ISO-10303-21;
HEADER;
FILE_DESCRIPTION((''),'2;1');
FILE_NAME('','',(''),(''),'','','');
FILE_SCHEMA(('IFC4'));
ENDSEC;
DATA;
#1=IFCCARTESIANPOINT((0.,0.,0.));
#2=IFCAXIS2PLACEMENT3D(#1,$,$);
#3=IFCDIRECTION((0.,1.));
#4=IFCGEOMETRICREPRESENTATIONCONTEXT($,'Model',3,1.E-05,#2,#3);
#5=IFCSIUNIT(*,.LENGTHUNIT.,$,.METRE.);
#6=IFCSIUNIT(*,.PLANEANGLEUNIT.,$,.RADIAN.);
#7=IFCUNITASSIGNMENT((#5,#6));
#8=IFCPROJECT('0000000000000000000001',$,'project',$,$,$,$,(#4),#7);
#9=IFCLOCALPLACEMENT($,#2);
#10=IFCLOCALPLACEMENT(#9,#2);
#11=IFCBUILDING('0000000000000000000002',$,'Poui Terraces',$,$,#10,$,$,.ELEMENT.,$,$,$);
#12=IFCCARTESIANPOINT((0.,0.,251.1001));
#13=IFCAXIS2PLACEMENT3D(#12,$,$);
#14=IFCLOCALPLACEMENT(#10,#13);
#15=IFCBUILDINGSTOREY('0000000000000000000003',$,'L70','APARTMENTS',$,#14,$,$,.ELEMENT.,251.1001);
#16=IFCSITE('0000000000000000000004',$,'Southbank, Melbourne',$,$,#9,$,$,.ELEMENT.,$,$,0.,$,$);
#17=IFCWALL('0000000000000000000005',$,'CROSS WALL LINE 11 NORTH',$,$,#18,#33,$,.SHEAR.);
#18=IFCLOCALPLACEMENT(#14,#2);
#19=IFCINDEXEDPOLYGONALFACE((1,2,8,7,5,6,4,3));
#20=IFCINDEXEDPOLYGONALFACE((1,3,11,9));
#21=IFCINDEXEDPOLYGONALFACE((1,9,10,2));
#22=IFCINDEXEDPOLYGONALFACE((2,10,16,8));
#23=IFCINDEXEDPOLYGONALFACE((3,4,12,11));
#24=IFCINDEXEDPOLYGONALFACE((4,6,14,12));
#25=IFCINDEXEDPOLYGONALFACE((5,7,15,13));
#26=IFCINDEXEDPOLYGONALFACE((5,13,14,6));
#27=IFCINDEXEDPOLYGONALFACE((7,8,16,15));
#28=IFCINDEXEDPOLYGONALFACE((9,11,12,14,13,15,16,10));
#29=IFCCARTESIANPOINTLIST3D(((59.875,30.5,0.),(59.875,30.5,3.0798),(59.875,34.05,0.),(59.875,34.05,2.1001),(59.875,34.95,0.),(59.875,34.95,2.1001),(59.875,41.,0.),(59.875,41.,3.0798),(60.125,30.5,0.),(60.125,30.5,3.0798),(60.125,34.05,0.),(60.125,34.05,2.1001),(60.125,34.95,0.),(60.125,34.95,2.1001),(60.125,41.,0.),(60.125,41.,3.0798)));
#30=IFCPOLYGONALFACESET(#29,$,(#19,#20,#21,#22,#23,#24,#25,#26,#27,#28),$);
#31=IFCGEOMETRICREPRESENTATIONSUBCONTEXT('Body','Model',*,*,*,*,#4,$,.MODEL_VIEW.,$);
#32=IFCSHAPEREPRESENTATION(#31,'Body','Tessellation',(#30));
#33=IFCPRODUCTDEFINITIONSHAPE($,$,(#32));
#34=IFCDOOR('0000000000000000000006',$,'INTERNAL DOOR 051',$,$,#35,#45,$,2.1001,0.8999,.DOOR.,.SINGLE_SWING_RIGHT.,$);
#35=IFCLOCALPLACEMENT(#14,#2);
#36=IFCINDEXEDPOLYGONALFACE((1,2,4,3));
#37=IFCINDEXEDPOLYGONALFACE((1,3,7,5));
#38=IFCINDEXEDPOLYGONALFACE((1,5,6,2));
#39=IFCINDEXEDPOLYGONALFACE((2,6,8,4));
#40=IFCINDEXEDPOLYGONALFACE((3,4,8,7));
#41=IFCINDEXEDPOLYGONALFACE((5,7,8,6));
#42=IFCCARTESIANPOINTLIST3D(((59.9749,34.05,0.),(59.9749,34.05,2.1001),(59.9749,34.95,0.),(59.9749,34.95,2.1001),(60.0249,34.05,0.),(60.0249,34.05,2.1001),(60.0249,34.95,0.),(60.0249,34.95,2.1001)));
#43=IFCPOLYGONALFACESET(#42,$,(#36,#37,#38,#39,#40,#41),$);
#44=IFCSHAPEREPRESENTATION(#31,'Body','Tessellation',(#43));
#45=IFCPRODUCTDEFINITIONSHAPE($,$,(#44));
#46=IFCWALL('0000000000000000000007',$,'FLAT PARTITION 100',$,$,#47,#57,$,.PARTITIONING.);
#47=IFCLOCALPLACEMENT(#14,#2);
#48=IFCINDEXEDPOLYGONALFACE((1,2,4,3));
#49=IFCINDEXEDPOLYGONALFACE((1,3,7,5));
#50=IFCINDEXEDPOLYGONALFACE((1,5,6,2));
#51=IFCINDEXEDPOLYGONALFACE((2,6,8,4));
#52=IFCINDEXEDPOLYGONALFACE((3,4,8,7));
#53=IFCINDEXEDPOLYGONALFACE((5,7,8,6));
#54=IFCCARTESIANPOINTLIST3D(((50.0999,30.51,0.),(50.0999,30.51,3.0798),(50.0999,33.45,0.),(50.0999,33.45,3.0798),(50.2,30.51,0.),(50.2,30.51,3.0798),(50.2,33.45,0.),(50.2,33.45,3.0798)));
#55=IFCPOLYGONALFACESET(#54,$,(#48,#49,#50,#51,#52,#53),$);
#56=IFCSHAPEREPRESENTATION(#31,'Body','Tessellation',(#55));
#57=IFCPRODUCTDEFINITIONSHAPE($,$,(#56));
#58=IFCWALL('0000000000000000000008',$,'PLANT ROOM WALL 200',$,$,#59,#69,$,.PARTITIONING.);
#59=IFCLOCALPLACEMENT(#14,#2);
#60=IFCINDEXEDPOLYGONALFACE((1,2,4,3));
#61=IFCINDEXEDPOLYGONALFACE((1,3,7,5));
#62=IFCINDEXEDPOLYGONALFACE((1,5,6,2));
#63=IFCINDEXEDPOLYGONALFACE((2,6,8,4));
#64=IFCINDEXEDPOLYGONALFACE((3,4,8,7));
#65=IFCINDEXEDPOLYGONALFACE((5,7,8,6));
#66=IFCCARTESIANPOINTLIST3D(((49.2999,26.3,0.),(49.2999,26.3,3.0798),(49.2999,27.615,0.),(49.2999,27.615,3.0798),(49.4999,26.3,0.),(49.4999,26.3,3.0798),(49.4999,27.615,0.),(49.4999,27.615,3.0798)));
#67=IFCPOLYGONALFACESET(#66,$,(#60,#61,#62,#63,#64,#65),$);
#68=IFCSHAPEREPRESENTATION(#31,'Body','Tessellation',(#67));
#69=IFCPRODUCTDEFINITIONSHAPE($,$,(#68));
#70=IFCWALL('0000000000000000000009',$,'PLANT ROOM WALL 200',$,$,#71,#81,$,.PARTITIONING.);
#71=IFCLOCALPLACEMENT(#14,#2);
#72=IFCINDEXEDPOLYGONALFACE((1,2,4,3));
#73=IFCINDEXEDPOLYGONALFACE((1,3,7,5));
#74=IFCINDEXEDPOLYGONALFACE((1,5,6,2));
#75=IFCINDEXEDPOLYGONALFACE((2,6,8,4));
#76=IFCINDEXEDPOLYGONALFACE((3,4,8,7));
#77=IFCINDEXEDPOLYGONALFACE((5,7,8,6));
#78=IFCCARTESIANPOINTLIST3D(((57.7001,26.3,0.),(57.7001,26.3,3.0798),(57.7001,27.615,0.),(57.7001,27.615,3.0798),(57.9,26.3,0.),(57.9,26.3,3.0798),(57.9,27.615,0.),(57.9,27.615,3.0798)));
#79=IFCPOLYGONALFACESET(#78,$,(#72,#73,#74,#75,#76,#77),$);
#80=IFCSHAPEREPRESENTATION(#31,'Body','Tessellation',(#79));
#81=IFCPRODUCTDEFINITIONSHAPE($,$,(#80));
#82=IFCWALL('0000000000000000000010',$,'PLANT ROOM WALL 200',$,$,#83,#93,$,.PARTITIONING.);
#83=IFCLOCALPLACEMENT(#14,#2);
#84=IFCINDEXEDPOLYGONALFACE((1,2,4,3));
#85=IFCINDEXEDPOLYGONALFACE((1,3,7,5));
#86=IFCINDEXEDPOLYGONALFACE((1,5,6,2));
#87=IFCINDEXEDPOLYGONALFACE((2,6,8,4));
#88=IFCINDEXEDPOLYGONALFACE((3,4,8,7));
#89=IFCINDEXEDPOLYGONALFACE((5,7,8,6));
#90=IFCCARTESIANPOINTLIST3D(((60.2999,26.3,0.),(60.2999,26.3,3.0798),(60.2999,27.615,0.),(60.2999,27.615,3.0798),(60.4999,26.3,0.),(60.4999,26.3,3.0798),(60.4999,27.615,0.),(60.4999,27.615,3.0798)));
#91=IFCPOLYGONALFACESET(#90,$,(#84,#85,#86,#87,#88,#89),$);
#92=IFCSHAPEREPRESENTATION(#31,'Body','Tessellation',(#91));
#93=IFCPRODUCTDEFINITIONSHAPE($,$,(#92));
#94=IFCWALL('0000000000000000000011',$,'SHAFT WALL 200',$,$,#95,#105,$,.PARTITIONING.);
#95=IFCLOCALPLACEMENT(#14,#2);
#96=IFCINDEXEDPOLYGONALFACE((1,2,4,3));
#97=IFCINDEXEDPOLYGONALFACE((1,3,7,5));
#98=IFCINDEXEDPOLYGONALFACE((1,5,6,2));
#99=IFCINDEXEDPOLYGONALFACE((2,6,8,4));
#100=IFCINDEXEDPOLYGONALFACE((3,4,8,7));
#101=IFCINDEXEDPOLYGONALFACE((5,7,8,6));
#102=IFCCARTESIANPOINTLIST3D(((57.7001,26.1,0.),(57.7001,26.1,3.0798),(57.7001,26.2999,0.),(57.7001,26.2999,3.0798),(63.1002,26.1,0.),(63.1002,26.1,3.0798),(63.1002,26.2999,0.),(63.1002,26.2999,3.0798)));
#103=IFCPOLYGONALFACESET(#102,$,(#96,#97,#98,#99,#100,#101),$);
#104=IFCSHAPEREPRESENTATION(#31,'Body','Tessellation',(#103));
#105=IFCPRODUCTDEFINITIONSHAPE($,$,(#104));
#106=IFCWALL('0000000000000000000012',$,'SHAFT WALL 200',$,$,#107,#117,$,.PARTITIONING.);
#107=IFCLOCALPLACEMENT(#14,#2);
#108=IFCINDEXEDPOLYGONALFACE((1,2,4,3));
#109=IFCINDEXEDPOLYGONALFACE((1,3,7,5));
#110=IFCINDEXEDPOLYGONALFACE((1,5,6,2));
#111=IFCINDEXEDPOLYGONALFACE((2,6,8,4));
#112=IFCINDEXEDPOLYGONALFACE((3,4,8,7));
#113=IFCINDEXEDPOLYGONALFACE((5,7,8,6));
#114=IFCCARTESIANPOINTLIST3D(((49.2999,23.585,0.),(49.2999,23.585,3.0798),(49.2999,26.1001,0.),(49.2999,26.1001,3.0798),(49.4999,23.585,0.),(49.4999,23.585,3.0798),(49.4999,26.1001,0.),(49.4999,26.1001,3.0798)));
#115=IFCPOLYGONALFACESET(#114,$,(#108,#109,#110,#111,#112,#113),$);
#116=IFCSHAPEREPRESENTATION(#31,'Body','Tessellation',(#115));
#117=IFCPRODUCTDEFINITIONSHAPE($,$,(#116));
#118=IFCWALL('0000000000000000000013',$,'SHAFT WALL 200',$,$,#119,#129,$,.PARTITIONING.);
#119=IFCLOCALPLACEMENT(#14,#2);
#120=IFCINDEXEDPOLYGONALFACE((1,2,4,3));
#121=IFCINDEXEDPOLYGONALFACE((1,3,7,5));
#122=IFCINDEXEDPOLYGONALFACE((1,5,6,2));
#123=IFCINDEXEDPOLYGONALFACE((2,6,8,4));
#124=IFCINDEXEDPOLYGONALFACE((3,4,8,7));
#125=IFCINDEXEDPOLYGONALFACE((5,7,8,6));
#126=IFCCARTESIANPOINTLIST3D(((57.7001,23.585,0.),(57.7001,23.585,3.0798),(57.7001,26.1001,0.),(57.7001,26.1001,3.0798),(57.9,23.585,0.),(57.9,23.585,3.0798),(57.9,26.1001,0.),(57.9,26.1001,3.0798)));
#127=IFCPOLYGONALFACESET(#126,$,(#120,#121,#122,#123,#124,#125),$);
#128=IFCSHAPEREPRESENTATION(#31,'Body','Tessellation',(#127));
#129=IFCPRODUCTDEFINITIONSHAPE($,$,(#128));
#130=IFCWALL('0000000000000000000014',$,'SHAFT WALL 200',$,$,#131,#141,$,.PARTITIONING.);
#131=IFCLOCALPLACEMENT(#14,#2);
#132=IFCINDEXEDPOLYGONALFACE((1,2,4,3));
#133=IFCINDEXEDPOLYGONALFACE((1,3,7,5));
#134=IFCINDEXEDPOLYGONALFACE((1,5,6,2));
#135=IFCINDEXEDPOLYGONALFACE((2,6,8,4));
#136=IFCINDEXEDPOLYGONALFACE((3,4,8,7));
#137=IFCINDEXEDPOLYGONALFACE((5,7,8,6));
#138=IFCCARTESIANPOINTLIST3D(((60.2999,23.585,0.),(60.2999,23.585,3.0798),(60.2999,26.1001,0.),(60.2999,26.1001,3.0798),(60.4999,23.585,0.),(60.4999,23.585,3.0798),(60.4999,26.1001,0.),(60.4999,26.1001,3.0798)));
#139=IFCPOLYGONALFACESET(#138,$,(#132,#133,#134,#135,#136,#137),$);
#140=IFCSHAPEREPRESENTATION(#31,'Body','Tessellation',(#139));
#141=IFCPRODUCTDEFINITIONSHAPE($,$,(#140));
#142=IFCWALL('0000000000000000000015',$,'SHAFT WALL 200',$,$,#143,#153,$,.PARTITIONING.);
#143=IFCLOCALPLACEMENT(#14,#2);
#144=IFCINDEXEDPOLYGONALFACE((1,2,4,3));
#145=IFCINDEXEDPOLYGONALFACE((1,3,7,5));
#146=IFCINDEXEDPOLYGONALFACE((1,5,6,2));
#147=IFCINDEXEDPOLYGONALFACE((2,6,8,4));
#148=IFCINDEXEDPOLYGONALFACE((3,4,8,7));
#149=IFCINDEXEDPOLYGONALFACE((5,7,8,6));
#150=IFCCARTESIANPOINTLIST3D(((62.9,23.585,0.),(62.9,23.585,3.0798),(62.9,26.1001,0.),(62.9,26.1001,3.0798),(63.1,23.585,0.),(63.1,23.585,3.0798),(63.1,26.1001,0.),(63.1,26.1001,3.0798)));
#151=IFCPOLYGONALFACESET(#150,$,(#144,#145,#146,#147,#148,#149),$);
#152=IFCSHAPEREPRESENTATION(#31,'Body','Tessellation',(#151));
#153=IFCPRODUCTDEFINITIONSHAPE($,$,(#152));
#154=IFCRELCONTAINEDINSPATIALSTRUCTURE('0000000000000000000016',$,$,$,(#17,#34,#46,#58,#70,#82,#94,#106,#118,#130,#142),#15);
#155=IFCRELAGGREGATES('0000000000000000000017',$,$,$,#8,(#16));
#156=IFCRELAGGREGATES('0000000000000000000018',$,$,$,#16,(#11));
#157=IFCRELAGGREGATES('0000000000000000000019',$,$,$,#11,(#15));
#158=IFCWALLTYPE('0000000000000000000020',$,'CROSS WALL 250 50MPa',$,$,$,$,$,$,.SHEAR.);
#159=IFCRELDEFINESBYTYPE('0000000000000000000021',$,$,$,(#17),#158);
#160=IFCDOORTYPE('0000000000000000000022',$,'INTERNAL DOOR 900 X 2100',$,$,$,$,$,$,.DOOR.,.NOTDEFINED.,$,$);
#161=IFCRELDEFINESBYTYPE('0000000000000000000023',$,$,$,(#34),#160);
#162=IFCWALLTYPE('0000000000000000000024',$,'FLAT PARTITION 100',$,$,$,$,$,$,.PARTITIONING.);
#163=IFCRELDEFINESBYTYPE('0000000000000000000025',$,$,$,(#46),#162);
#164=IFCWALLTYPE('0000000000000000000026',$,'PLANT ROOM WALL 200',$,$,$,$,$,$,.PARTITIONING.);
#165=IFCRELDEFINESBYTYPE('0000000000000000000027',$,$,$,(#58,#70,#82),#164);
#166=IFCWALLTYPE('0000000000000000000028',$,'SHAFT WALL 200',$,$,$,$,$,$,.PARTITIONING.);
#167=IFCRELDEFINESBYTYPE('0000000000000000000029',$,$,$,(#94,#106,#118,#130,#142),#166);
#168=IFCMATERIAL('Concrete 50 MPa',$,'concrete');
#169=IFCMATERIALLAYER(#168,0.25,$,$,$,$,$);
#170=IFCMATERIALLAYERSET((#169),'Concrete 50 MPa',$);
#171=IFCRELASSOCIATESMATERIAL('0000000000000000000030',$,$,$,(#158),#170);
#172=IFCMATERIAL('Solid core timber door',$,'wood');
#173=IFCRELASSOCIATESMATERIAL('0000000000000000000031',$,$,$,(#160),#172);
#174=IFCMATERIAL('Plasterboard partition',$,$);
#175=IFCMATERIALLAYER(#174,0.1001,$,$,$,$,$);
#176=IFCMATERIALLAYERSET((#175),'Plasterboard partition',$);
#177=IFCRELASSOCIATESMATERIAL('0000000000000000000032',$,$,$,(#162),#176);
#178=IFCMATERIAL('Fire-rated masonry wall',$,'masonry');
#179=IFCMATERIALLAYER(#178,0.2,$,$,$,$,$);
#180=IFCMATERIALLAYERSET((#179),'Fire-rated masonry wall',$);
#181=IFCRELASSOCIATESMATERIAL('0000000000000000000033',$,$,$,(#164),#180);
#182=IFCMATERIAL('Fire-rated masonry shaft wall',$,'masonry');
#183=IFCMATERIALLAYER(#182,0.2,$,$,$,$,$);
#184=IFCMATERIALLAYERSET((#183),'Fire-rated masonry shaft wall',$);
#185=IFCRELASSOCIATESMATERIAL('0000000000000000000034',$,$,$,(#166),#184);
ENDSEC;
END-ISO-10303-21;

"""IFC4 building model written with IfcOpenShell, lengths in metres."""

from ifc_helpers import new_model, si_unit, direction, frame, frame_2d, origin, place, context, subcontext, project, spatial, rectangle, extrude, material, layer, layer_set, type_object, element, fill, save


model = new_model("IFC4")

# Units and contexts
model_context = context("Model", 3, precision=1e-05, world=origin(), true_north=direction((0.0, 1.0)))
body_context = subcontext(model_context, "Body", "Model", "MODEL_VIEW")
ifc_project = project(units=[si_unit("LENGTHUNIT", "METRE"), si_unit("PLANEANGLEUNIT", "RADIAN")], contexts=[model_context])

# Site, building, storey
site_placement = place(None, origin())
site = spatial("IfcSite", under=ifc_project, at=site_placement, Name="Southbank, Melbourne", CompositionType="ELEMENT", RefElevation=0.0)
building_placement = place(site_placement, origin())
building = spatial("IfcBuilding", under=site, at=building_placement, Name="Poui Terraces", CompositionType="ELEMENT")
storey_placement = place(building_placement, frame((0.0, 0.0, 251.1001)))
storey = spatial("IfcBuildingStorey", under=building, at=storey_placement, Name="L70", Description="APARTMENTS", CompositionType="ELEMENT", Elevation=251.1001)

# Shared definitions
ifc_material_1 = material(Name="Concrete 50 MPa", Category="concrete")

# Shared definitions
ifc_layer_1 = layer(ifc_material_1, 0.25)
ifc_layer_set_1 = layer_set([ifc_layer_1], Name="Concrete 50 MPa")
wall_type_1 = type_object("IfcWallType", Name="CROSS WALL 250 50MPa", PredefinedType="SHEAR", material=ifc_layer_set_1)
ifc_material_2 = material(Name="Solid core timber door", Category="wood")
door_type_1 = type_object("IfcDoorType", Name="INTERNAL DOOR 900 X 2100", OperationType="NOTDEFINED", PredefinedType="DOOR", material=ifc_material_2)

# Wall, opening, door
wall_1_placement = place(storey_placement, frame((60.0, 30.5, 0.0), z_axis=(0.0, 0.0, 1.0), x_axis=(0.0, 1.0, 0.0)))
wall_1 = element("IfcWall", 1, at=wall_1_placement, inside=storey, type_object=wall_type_1, Name="CROSS WALL LINE 11 NORTH", PredefinedType="SHEAR", context=body_context, shape_type="SweptSolid", body=[
    extrude(rectangle(XDim=10.5, YDim=0.25, at=frame_2d((5.25, 0.0))), origin(), (0.0, 0.0, 1.0), 3.0798),
])
opening_1_placement = place(wall_1_placement, frame((3.55, 0.0, 0.0)))
opening_1 = element("IfcOpeningElement", 2, at=opening_1_placement, cuts=wall_1, PredefinedType="OPENING", context=body_context, shape_type="SweptSolid", body=[
    extrude(rectangle(XDim=0.8999, YDim=2.1001, at=frame_2d((0.45, 1.05))), frame((0.0, 0.135, 0.0), z_axis=(0.0, -1.0, 0.0), x_axis=(1.0, 0.0, 0.0)), (0.0, 0.0, 1.0), 0.27),
])
door_1_placement = place(opening_1_placement, frame((0.8999, 0.0, 0.0), z_axis=(0.0, 0.0, 1.0), x_axis=(-1.0, 0.0, 0.0)))
door_1 = element("IfcDoor", 3, at=door_1_placement, inside=storey, type_object=door_type_1, Name="INTERNAL DOOR 051", OperationType="SINGLE_SWING_RIGHT", OverallHeight=2.1001, OverallWidth=0.8999, PredefinedType="DOOR", context=body_context, shape_type="SweptSolid", body=[
    extrude(rectangle(XDim=0.8999, YDim=2.1001, at=frame_2d((0.45, 1.05))), frame((0.0, 0.0249, 0.0), z_axis=(0.0, -1.0, 0.0), x_axis=(1.0, 0.0, 0.0)), (0.0, 0.0, 1.0), 0.05),
])
fill(opening_1, door_1)

# Walls
ifc_material_3 = material(Name="Plasterboard partition")
ifc_layer_2 = layer(ifc_material_3, 0.1001)
ifc_layer_set_2 = layer_set([ifc_layer_2], Name="Plasterboard partition")
wall_type_2 = type_object("IfcWallType", Name="FLAT PARTITION 100", PredefinedType="PARTITIONING", material=ifc_layer_set_2)
wall_2_placement = place(storey_placement, frame((50.1499, 30.51, 0.0), z_axis=(0.0, 0.0, 1.0), x_axis=(0.0, 1.0, 0.0)))
element("IfcWall", 4, at=wall_2_placement, inside=storey, type_object=wall_type_2, Name="FLAT PARTITION 100", PredefinedType="PARTITIONING", context=body_context, shape_type="SweptSolid", body=[
    extrude(rectangle(XDim=2.9399, YDim=0.1001, at=frame_2d((1.47, 0.0))), origin(), (0.0, 0.0, 1.0), 3.0798),
])
ifc_material_4 = material(Name="Fire-rated masonry wall", Category="masonry")
ifc_layer_3 = layer(ifc_material_4, 0.2)
ifc_layer_set_3 = layer_set([ifc_layer_3], Name="Fire-rated masonry wall")
wall_type_3 = type_object("IfcWallType", Name="PLANT ROOM WALL 200", PredefinedType="PARTITIONING", material=ifc_layer_set_3)
for number, where, z_axis, x_axis, name in (
    (5, (49.3999, 26.3, 0.0), (0.0, 0.0, 1.0), (0.0, 1.0, 0.0), "PLANT ROOM WALL 200"),
    (6, (57.8, 26.3, 0.0), (0.0, 0.0, 1.0), (0.0, 1.0, 0.0), "PLANT ROOM WALL 200"),
    (7, (60.3999, 26.3, 0.0), (0.0, 0.0, 1.0), (0.0, 1.0, 0.0), "PLANT ROOM WALL 200"),
):
    element("IfcWall", number, at=place(storey_placement, frame(where, z_axis=z_axis, x_axis=x_axis)), inside=storey, type_object=wall_type_3, Name=name, PredefinedType="PARTITIONING", context=body_context, shape_type="SweptSolid", body=[
        extrude(rectangle(XDim=1.3149, YDim=0.2, at=frame_2d((0.6575, 0.0))), origin(), (0.0, 0.0, 1.0), 3.0798),
    ])
ifc_material_5 = material(Name="Fire-rated masonry shaft wall", Category="masonry")
ifc_layer_4 = layer(ifc_material_5, 0.2)
ifc_layer_set_4 = layer_set([ifc_layer_4], Name="Fire-rated masonry shaft wall")
wall_type_4 = type_object("IfcWallType", Name="SHAFT WALL 200", PredefinedType="PARTITIONING", material=ifc_layer_set_4)
wall_3_placement = place(storey_placement, frame((57.7, 26.2, 0.0), z_axis=(0.0, 0.0, 1.0), x_axis=(1.0, 0.0, 0.0)))
element("IfcWall", 8, at=wall_3_placement, inside=storey, type_object=wall_type_4, Name="SHAFT WALL 200", PredefinedType="PARTITIONING", context=body_context, shape_type="SweptSolid", body=[
    extrude(rectangle(XDim=5.4001, YDim=0.2, at=frame_2d((2.7002, 0.0))), origin(), (0.0, 0.0, 1.0), 3.0798),
])
for number, where, z_axis, x_axis, name in (
    (9, (49.3999, 23.585, 0.0), (0.0, 0.0, 1.0), (0.0, 1.0, 0.0), "SHAFT WALL 200"),
    (10, (57.8, 23.585, 0.0), (0.0, 0.0, 1.0), (0.0, 1.0, 0.0), "SHAFT WALL 200"),
    (11, (60.3999, 23.585, 0.0), (0.0, 0.0, 1.0), (0.0, 1.0, 0.0), "SHAFT WALL 200"),
    (12, (63.0, 23.585, 0.0), (0.0, 0.0, 1.0), (0.0, 1.0, 0.0), "SHAFT WALL 200"),
):
    element("IfcWall", number, at=place(storey_placement, frame(where, z_axis=z_axis, x_axis=x_axis)), inside=storey, type_object=wall_type_4, Name=name, PredefinedType="PARTITIONING", context=body_context, shape_type="SweptSolid", body=[
        extrude(rectangle(XDim=2.5151, YDim=0.2, at=frame_2d((1.2576, 0.0))), origin(), (0.0, 0.0, 1.0), 3.0798),
    ])

save(model, "model.ifc")
